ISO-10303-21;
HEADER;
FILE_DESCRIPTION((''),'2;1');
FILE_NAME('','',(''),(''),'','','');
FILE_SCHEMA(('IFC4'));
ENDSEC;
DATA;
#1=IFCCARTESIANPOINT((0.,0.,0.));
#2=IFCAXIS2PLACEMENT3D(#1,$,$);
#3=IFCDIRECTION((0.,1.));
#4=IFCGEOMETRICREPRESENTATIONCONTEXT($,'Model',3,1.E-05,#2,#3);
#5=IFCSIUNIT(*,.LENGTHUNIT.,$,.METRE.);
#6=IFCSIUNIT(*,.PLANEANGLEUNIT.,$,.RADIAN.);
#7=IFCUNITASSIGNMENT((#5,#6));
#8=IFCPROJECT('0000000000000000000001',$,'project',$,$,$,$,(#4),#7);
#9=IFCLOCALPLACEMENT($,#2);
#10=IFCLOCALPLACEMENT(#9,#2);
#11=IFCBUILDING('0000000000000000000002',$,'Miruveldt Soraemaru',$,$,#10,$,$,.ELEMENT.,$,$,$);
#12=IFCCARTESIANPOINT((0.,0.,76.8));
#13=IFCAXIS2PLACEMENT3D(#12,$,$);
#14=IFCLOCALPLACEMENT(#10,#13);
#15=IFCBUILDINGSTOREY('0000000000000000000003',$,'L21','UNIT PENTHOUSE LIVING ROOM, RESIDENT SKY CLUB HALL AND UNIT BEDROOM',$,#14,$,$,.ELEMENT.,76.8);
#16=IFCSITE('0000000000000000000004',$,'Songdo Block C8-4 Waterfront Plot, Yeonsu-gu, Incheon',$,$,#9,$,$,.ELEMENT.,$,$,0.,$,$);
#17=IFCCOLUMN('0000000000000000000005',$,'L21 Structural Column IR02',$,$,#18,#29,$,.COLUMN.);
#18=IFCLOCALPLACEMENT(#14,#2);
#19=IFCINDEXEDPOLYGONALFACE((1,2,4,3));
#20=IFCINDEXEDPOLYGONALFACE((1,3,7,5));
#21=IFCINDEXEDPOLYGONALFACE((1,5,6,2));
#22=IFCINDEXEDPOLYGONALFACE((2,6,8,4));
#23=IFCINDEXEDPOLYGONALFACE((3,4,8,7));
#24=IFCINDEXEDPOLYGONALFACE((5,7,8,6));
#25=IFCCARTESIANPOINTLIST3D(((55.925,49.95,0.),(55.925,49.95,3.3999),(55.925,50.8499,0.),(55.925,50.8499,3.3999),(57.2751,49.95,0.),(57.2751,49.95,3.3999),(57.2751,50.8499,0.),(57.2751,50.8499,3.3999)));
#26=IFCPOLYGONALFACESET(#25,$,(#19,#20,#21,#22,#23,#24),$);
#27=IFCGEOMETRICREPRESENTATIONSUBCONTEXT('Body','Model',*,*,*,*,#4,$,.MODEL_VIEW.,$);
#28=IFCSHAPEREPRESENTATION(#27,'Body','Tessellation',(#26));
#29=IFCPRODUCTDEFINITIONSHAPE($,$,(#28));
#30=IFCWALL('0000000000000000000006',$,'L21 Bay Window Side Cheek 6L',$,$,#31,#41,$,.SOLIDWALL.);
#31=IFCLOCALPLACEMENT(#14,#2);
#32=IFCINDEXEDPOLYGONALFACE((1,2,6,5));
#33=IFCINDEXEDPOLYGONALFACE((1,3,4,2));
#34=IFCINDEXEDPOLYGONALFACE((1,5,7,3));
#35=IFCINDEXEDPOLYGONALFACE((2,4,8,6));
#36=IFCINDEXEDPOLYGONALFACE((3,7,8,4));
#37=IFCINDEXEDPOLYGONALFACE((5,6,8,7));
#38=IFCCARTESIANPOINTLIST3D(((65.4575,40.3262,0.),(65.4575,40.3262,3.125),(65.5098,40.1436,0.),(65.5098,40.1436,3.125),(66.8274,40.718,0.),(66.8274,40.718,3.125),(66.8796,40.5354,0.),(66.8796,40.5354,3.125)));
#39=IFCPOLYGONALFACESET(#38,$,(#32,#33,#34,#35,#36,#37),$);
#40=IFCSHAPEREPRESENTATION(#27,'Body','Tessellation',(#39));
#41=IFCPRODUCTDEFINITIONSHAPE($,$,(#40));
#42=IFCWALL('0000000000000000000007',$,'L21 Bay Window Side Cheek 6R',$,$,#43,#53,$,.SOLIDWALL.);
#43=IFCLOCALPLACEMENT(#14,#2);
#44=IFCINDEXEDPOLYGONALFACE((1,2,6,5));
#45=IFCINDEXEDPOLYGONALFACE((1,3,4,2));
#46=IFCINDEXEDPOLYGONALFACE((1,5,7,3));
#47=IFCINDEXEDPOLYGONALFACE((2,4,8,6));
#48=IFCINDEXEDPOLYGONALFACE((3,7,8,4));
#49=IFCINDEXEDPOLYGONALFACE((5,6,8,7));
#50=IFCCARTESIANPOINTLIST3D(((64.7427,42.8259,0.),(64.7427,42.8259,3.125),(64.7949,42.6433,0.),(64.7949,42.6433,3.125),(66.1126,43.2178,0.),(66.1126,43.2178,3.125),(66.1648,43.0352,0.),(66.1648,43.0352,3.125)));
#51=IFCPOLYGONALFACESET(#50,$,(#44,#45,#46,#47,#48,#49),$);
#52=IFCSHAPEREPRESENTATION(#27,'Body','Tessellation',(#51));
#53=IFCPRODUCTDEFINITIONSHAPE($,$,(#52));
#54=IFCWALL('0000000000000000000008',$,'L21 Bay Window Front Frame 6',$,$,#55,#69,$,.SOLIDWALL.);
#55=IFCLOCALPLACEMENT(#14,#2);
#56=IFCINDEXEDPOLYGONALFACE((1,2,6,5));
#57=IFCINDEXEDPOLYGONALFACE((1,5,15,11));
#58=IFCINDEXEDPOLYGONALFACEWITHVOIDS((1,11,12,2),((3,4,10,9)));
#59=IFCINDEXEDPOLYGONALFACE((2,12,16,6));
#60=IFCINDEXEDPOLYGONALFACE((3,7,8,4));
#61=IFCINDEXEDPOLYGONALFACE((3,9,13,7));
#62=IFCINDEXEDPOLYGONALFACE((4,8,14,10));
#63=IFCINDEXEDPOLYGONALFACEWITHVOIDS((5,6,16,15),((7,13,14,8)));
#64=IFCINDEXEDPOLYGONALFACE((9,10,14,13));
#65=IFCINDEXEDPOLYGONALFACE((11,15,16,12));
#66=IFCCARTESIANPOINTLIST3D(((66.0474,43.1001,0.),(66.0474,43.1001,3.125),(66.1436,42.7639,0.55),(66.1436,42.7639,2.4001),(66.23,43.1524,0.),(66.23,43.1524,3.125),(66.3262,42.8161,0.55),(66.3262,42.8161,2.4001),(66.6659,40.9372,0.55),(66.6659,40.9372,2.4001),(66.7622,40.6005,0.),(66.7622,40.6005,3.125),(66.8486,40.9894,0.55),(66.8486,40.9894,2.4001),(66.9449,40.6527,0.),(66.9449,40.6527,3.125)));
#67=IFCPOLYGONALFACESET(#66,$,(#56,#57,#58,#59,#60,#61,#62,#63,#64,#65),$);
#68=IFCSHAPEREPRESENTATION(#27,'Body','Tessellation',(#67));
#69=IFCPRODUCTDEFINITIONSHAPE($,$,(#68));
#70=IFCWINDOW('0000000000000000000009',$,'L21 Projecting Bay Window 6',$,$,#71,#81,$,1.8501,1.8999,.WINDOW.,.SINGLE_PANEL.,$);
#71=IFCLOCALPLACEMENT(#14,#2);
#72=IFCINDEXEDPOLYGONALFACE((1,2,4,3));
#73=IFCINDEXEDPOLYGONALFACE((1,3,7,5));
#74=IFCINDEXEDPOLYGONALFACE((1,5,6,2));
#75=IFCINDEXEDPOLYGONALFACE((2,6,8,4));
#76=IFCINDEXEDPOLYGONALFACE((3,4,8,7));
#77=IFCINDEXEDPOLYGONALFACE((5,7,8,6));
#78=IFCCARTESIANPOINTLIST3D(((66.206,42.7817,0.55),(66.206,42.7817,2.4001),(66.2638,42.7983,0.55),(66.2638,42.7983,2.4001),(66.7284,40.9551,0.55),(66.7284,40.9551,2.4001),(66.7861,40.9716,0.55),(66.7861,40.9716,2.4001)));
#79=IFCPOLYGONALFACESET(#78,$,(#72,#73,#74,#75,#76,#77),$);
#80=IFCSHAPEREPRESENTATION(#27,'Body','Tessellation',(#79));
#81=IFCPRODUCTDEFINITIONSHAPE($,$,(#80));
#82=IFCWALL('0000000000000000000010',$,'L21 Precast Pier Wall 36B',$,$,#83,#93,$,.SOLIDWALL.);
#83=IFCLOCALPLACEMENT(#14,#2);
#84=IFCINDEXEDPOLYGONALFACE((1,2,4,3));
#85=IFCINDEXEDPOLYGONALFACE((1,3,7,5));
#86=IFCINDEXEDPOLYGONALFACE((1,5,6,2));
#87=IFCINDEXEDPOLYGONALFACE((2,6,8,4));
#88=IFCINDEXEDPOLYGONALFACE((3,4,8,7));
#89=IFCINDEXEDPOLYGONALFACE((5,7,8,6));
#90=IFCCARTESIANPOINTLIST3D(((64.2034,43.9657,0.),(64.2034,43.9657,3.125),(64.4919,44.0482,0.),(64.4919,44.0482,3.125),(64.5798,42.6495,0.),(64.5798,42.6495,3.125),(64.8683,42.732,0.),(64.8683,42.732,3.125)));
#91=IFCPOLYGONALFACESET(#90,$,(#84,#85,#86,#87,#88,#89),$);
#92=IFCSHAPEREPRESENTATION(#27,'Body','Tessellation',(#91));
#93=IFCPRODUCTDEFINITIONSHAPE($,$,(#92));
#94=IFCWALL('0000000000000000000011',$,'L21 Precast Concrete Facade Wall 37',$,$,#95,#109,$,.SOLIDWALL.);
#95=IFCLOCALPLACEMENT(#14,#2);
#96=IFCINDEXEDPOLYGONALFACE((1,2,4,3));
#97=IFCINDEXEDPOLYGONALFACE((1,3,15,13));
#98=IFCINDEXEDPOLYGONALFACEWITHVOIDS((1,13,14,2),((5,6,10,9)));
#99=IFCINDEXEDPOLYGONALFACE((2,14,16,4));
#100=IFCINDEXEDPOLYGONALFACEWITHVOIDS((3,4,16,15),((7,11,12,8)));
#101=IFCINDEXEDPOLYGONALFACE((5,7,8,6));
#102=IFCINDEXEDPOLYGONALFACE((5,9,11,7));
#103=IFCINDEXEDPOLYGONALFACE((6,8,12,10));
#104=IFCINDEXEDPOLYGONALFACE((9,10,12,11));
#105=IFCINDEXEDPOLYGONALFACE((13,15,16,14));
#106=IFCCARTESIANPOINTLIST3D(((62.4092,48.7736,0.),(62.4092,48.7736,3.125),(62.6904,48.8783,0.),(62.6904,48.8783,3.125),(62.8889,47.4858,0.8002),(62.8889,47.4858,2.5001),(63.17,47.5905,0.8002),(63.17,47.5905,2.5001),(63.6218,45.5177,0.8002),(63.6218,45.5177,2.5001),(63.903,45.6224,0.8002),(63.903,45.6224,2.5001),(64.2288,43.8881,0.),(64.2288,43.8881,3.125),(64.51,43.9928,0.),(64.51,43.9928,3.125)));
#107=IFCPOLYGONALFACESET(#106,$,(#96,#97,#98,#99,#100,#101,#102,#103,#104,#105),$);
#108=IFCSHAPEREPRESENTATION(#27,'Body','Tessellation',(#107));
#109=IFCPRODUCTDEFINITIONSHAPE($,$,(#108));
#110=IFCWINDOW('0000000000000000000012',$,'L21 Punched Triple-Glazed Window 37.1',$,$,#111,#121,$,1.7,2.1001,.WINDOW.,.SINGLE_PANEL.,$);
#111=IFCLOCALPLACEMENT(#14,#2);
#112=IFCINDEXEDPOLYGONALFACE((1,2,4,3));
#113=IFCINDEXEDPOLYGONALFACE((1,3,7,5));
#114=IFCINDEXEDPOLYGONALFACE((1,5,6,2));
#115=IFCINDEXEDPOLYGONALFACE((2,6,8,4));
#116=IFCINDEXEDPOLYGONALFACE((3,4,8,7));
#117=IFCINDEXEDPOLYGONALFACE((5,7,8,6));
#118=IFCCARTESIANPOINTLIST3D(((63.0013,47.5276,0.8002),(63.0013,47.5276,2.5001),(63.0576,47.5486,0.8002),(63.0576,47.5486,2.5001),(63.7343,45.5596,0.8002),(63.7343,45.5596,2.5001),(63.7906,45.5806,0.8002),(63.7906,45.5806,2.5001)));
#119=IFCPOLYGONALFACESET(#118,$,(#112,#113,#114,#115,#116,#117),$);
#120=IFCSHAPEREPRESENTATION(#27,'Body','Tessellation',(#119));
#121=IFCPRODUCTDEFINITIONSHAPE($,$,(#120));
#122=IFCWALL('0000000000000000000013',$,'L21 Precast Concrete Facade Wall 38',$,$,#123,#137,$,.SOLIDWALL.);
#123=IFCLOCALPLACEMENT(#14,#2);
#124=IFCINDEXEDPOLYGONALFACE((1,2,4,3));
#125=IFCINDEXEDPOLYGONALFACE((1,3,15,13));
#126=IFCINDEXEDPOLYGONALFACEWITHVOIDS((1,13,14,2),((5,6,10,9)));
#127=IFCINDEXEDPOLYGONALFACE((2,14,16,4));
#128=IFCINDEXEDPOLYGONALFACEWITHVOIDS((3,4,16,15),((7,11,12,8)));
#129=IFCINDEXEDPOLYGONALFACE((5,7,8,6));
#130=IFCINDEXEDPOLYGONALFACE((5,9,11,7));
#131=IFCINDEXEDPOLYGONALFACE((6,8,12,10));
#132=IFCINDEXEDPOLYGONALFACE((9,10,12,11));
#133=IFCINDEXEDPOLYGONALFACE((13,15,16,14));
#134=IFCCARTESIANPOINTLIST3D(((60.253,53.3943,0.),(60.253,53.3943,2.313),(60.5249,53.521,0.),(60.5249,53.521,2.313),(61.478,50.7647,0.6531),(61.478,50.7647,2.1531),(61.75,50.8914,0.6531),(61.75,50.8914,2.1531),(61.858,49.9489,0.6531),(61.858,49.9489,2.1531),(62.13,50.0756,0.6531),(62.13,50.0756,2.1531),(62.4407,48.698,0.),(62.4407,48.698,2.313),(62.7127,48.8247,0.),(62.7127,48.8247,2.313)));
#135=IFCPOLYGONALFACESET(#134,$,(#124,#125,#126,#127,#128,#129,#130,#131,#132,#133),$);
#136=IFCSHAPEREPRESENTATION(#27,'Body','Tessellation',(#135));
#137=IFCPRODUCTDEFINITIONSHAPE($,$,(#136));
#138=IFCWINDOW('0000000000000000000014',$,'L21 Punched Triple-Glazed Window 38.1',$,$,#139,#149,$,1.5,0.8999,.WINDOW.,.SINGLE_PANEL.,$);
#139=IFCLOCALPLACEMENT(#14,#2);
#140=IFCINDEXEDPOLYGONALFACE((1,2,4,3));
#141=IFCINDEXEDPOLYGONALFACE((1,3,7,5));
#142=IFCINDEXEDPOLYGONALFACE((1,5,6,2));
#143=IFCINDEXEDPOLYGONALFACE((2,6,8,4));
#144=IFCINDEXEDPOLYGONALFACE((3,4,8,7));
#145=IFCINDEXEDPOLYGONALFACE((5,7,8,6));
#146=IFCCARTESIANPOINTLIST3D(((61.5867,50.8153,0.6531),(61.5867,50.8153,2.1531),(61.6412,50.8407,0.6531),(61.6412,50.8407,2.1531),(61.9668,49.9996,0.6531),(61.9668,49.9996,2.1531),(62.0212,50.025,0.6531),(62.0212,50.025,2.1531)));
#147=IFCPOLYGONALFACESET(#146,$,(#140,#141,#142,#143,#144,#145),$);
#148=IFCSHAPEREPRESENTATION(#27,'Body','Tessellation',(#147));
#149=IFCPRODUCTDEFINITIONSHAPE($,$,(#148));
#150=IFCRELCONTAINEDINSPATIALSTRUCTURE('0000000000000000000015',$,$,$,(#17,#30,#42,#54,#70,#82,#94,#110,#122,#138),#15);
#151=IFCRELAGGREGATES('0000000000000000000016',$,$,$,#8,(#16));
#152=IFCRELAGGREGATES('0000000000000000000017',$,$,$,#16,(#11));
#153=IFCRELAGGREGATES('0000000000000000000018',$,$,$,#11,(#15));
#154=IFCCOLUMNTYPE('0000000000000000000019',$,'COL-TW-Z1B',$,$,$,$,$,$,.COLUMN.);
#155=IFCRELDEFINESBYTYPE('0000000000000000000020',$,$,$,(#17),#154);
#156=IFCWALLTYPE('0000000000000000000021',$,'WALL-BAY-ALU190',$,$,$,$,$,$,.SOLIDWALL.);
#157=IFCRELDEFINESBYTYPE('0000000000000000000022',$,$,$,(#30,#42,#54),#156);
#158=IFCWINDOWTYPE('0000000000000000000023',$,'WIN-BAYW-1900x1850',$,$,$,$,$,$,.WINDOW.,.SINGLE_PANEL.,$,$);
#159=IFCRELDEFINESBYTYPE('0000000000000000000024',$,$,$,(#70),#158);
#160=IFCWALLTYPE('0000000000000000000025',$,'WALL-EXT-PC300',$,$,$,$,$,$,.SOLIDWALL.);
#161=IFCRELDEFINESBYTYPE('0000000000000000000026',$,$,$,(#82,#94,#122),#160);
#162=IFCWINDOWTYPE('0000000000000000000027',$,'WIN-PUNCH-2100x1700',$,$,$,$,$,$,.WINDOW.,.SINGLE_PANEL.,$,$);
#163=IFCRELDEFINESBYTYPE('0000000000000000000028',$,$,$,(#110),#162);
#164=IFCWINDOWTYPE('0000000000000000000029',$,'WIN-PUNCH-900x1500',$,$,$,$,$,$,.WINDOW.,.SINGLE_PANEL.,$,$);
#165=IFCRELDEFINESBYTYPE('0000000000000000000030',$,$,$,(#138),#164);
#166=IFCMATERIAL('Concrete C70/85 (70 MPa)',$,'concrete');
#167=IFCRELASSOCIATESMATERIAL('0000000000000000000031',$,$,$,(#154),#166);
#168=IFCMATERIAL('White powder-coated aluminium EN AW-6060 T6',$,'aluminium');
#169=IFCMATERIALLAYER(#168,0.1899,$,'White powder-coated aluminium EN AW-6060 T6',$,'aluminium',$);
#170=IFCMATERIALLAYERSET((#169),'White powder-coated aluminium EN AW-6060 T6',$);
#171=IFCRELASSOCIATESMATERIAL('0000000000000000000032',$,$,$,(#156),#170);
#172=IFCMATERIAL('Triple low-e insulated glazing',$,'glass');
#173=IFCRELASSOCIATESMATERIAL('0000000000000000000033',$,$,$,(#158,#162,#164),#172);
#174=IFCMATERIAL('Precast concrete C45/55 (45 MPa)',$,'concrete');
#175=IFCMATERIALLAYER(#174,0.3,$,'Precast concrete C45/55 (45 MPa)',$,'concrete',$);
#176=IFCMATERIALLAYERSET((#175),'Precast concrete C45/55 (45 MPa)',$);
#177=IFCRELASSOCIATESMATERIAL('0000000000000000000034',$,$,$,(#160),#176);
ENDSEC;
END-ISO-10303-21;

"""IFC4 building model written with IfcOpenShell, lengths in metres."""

from ifc_helpers import new_model, si_unit, direction, frame, frame_2d, origin, origin_2d, place, context, subcontext, project, spatial, rectangle, extrude, material, layer, layer_set, material_profile, profile_set, type_object, element, fill, save


model = new_model("IFC4")

# Units and contexts
model_context = context("Model", 3, precision=1e-05, world=origin(), true_north=direction((0.0, 1.0)))
body_context = subcontext(model_context, "Body", "Model", "MODEL_VIEW")
ifc_project = project(units=[si_unit("LENGTHUNIT", "METRE"), si_unit("PLANEANGLEUNIT", "RADIAN")], contexts=[model_context])

# Site, building, storey
site_placement = place(None, origin())
site = spatial("IfcSite", under=ifc_project, at=site_placement, Name="Songdo Block C8-4 Waterfront Plot, Yeonsu-gu, Incheon", CompositionType="ELEMENT", RefElevation=0.0)
building_placement = place(site_placement, origin())
building = spatial("IfcBuilding", under=site, at=building_placement, Name="Miruveldt Soraemaru", CompositionType="ELEMENT")
storey_placement = place(building_placement, frame((0.0, 0.0, 76.8)))
storey = spatial("IfcBuildingStorey", under=building, at=storey_placement, Name="L21", Description="UNIT PENTHOUSE LIVING ROOM, RESIDENT SKY CLUB HALL AND UNIT BEDROOM", CompositionType="ELEMENT", Elevation=76.8)

# Column
ifc_material_1 = material(Name="Concrete C70/85 (70 MPa)", Category="concrete")
ifc_material_profile = material_profile(ifc_material_1, rectangle(XDim=1.3501, YDim=0.8999, at=origin_2d()), Name="Concrete C70/85 (70 MPa)", Category="concrete")
ifc_profile_set = profile_set([ifc_material_profile], Name="Concrete C70/85 (70 MPa)")
column_type = type_object("IfcColumnType", Name="COL-TW-Z1B", PredefinedType="COLUMN", material=ifc_profile_set)
column_placement = place(storey_placement, frame((56.6001, 50.3999, 0.0), z_axis=(0.0, 0.0, 1.0), x_axis=(1.0, 0.0, 0.0)))
element("IfcColumn", 1, at=column_placement, inside=storey, type_object=column_type, Name="L21 Structural Column IR02", PredefinedType="COLUMN", context=body_context, shape_type="SweptSolid", body=[
    extrude(rectangle(XDim=1.3501, YDim=0.8999, at=origin_2d()), origin(), (0.0, 0.0, 1.0), 3.3999),
])

# Walls
ifc_material_2 = material(Name="White powder-coated aluminium EN AW-6060 T6", Category="aluminium")
ifc_layer_1 = layer(ifc_material_2, 0.1899, Name="White powder-coated aluminium EN AW-6060 T6", Category="aluminium")
ifc_layer_set_1 = layer_set([ifc_layer_1], Name="White powder-coated aluminium EN AW-6060 T6")
wall_type_1 = type_object("IfcWallType", Name="WALL-BAY-ALU190", PredefinedType="SOLIDWALL", material=ifc_layer_set_1)
for number, where, z_axis, x_axis, name in (
    (2, (65.4836, 40.2349, 0.0), (0.0, 0.0, 1.0), (0.96144, 0.275015, 0.0), "L21 Bay Window Side Cheek 6L"),
    (3, (66.1387, 43.1265, 0.0), (0.0, 0.0, 1.0), (-0.96144, -0.275015, 0.0), "L21 Bay Window Side Cheek 6R"),
):
    element("IfcWall", number, at=place(storey_placement, frame(where, z_axis=z_axis, x_axis=x_axis)), inside=storey, type_object=wall_type_1, Name=name, PredefinedType="SOLIDWALL", context=body_context, shape_type="SweptSolid", body=[
        extrude(rectangle(XDim=1.4248, YDim=0.1899, at=frame_2d((0.7124, 0.0))), origin(), (0.0, 0.0, 1.0), 3.125),
    ])

# Wall, opening, window
wall_1_placement = place(storey_placement, frame((66.8535, 40.6267, 0.0), z_axis=(0.0, 0.0, 1.0), x_axis=(-0.274944, 0.96146, 0.0)))
wall_1 = element("IfcWall", 4, at=wall_1_placement, inside=storey, type_object=wall_type_1, Name="L21 Bay Window Front Frame 6", PredefinedType="SOLIDWALL", context=body_context, shape_type="SweptSolid", body=[
    extrude(rectangle(XDim=2.5999, YDim=0.1899, at=frame_2d((1.2998, 0.0))), origin(), (0.0, 0.0, 1.0), 3.125),
])
opening_1_placement = place(wall_1_placement, frame((0.3501, 0.0, 0.55)))
opening_1 = element("IfcOpeningElement", 5, at=opening_1_placement, cuts=wall_1, PredefinedType="OPENING", context=body_context, shape_type="SweptSolid", body=[
    extrude(rectangle(XDim=1.8999, YDim=1.8501, at=frame_2d((0.95, 0.925))), frame((0.0, 0.105, 0.0), z_axis=(0.0, -1.0, 0.0), x_axis=(1.0, 0.0, 0.0)), (0.0, 0.0, 1.0), 0.21),
])
ifc_material_3 = material(Name="Triple low-e insulated glazing", Category="glass")
window_type_1 = type_object("IfcWindowType", Name="WIN-BAYW-1900x1850", PartitioningType="SINGLE_PANEL", PredefinedType="WINDOW", material=ifc_material_3)
window_1_placement = place(opening_1_placement, origin())
window_1 = element("IfcWindow", 6, at=window_1_placement, inside=storey, type_object=window_type_1, Name="L21 Projecting Bay Window 6", OverallHeight=1.8501, OverallWidth=1.8999, PartitioningType="SINGLE_PANEL", PredefinedType="WINDOW", context=body_context, shape_type="SweptSolid", body=[
    extrude(rectangle(XDim=1.8999, YDim=1.8501, at=frame_2d((0.95, 0.925))), frame((0.0, 0.03, 0.0), z_axis=(0.0, -1.0, 0.0), x_axis=(1.0, 0.0, 0.0)), (0.0, 0.0, 1.0), 0.0601),
])
fill(opening_1, window_1)

# Wall
ifc_material_4 = material(Name="Precast concrete C45/55 (45 MPa)", Category="concrete")
ifc_layer_2 = layer(ifc_material_4, 0.3, Name="Precast concrete C45/55 (45 MPa)", Category="concrete")
ifc_layer_set_2 = layer_set([ifc_layer_2], Name="Precast concrete C45/55 (45 MPa)")
wall_type_2 = type_object("IfcWallType", Name="WALL-EXT-PC300", PredefinedType="SOLIDWALL", material=ifc_layer_set_2)
wall_2_placement = place(storey_placement, frame((64.7241, 42.6907, 0.0), z_axis=(0.0, 0.0, 1.0), x_axis=(-0.275004, 0.961443, 0.0)))
element("IfcWall", 7, at=wall_2_placement, inside=storey, type_object=wall_type_2, Name="L21 Precast Pier Wall 36B", PredefinedType="SOLIDWALL", context=body_context, shape_type="SweptSolid", body=[
    extrude(rectangle(XDim=1.3689, YDim=0.3, at=frame_2d((0.6846, 0.0))), origin(), (0.0, 0.0, 1.0), 3.125),
])

# Walls, openings, windows
wall_3_placement = place(storey_placement, frame((64.3694, 43.9404, 0.0), z_axis=(0.0, 0.0, 1.0), x_axis=(-0.349024, 0.937114, 0.0)))
wall_3 = element("IfcWall", 8, at=wall_3_placement, inside=storey, type_object=wall_type_2, Name="L21 Precast Concrete Facade Wall 37", PredefinedType="SOLIDWALL", context=body_context, shape_type="SweptSolid", body=[
    extrude(rectangle(XDim=5.2134, YDim=0.3, at=frame_2d((2.6067, 0.0))), origin(), (0.0, 0.0, 1.0), 3.125),
])
opening_2_placement = place(wall_3_placement, frame((1.739, 0.0, 0.8)))
opening_2 = element("IfcOpeningElement", 9, at=opening_2_placement, cuts=wall_3, PredefinedType="OPENING", context=body_context, shape_type="SweptSolid", body=[
    extrude(rectangle(XDim=2.1001, YDim=1.7, at=frame_2d((1.05, 0.8501))), frame((0.0, 0.1602, 0.0), z_axis=(0.0, -1.0, 0.0), x_axis=(1.0, 0.0, 0.0)), (0.0, 0.0, 1.0), 0.3201),
])
window_type_2 = type_object("IfcWindowType", Name="WIN-PUNCH-2100x1700", PartitioningType="SINGLE_PANEL", PredefinedType="WINDOW", material=ifc_material_3)
window_2_placement = place(opening_2_placement, origin())
window_2 = element("IfcWindow", 10, at=window_2_placement, inside=storey, type_object=window_type_2, Name="L21 Punched Triple-Glazed Window 37.1", OverallHeight=1.7, OverallWidth=2.1001, PartitioningType="SINGLE_PANEL", PredefinedType="WINDOW", context=body_context, shape_type="SweptSolid", body=[
    extrude(rectangle(XDim=2.1001, YDim=1.7, at=frame_2d((1.05, 0.8501))), frame((0.0, 0.03, 0.0), z_axis=(0.0, -1.0, 0.0), x_axis=(1.0, 0.0, 0.0)), (0.0, 0.0, 1.0), 0.0601),
])
fill(opening_2, window_2)
wall_4_placement = place(storey_placement, frame((62.5767, 48.7615, 0.0), z_axis=(0.0, 0.0, 1.0), x_axis=(-0.422274, 0.906468, 0.0)))
wall_4 = element("IfcWall", 11, at=wall_4_placement, inside=storey, type_object=wall_type_2, Name="L21 Precast Concrete Facade Wall 38", PredefinedType="SOLIDWALL", context=body_context, shape_type="SweptSolid", body=[
    extrude(rectangle(XDim=5.1809, YDim=0.3, at=frame_2d((2.5903, 0.0))), origin(), (0.0, 0.0, 1.0), 2.313),
])
opening_3_placement = place(wall_4_placement, frame((1.3799, 0.0, 0.6531)))
opening_3 = element("IfcOpeningElement", 12, at=opening_3_placement, cuts=wall_4, PredefinedType="OPENING", context=body_context, shape_type="SweptSolid", body=[
    extrude(rectangle(XDim=0.8999, YDim=1.5, at=frame_2d((0.45, 0.75))), frame((0.0, 0.1602, 0.0), z_axis=(0.0, -1.0, 0.0), x_axis=(1.0, 0.0, 0.0)), (0.0, 0.0, 1.0), 0.3201),
])
window_type_3 = type_object("IfcWindowType", Name="WIN-PUNCH-900x1500", PartitioningType="SINGLE_PANEL", PredefinedType="WINDOW", material=ifc_material_3)
window_3_placement = place(opening_3_placement, origin())
window_3 = element("IfcWindow", 13, at=window_3_placement, inside=storey, type_object=window_type_3, Name="L21 Punched Triple-Glazed Window 38.1", OverallHeight=1.5, OverallWidth=0.8999, PartitioningType="SINGLE_PANEL", PredefinedType="WINDOW", context=body_context, shape_type="SweptSolid", body=[
    extrude(rectangle(XDim=0.8999, YDim=1.5, at=frame_2d((0.45, 0.75))), frame((0.0, 0.03, 0.0), z_axis=(0.0, -1.0, 0.0), x_axis=(1.0, 0.0, 0.0)), (0.0, 0.0, 1.0), 0.0601),
])
fill(opening_3, window_3)

save(model, "model.ifc")
